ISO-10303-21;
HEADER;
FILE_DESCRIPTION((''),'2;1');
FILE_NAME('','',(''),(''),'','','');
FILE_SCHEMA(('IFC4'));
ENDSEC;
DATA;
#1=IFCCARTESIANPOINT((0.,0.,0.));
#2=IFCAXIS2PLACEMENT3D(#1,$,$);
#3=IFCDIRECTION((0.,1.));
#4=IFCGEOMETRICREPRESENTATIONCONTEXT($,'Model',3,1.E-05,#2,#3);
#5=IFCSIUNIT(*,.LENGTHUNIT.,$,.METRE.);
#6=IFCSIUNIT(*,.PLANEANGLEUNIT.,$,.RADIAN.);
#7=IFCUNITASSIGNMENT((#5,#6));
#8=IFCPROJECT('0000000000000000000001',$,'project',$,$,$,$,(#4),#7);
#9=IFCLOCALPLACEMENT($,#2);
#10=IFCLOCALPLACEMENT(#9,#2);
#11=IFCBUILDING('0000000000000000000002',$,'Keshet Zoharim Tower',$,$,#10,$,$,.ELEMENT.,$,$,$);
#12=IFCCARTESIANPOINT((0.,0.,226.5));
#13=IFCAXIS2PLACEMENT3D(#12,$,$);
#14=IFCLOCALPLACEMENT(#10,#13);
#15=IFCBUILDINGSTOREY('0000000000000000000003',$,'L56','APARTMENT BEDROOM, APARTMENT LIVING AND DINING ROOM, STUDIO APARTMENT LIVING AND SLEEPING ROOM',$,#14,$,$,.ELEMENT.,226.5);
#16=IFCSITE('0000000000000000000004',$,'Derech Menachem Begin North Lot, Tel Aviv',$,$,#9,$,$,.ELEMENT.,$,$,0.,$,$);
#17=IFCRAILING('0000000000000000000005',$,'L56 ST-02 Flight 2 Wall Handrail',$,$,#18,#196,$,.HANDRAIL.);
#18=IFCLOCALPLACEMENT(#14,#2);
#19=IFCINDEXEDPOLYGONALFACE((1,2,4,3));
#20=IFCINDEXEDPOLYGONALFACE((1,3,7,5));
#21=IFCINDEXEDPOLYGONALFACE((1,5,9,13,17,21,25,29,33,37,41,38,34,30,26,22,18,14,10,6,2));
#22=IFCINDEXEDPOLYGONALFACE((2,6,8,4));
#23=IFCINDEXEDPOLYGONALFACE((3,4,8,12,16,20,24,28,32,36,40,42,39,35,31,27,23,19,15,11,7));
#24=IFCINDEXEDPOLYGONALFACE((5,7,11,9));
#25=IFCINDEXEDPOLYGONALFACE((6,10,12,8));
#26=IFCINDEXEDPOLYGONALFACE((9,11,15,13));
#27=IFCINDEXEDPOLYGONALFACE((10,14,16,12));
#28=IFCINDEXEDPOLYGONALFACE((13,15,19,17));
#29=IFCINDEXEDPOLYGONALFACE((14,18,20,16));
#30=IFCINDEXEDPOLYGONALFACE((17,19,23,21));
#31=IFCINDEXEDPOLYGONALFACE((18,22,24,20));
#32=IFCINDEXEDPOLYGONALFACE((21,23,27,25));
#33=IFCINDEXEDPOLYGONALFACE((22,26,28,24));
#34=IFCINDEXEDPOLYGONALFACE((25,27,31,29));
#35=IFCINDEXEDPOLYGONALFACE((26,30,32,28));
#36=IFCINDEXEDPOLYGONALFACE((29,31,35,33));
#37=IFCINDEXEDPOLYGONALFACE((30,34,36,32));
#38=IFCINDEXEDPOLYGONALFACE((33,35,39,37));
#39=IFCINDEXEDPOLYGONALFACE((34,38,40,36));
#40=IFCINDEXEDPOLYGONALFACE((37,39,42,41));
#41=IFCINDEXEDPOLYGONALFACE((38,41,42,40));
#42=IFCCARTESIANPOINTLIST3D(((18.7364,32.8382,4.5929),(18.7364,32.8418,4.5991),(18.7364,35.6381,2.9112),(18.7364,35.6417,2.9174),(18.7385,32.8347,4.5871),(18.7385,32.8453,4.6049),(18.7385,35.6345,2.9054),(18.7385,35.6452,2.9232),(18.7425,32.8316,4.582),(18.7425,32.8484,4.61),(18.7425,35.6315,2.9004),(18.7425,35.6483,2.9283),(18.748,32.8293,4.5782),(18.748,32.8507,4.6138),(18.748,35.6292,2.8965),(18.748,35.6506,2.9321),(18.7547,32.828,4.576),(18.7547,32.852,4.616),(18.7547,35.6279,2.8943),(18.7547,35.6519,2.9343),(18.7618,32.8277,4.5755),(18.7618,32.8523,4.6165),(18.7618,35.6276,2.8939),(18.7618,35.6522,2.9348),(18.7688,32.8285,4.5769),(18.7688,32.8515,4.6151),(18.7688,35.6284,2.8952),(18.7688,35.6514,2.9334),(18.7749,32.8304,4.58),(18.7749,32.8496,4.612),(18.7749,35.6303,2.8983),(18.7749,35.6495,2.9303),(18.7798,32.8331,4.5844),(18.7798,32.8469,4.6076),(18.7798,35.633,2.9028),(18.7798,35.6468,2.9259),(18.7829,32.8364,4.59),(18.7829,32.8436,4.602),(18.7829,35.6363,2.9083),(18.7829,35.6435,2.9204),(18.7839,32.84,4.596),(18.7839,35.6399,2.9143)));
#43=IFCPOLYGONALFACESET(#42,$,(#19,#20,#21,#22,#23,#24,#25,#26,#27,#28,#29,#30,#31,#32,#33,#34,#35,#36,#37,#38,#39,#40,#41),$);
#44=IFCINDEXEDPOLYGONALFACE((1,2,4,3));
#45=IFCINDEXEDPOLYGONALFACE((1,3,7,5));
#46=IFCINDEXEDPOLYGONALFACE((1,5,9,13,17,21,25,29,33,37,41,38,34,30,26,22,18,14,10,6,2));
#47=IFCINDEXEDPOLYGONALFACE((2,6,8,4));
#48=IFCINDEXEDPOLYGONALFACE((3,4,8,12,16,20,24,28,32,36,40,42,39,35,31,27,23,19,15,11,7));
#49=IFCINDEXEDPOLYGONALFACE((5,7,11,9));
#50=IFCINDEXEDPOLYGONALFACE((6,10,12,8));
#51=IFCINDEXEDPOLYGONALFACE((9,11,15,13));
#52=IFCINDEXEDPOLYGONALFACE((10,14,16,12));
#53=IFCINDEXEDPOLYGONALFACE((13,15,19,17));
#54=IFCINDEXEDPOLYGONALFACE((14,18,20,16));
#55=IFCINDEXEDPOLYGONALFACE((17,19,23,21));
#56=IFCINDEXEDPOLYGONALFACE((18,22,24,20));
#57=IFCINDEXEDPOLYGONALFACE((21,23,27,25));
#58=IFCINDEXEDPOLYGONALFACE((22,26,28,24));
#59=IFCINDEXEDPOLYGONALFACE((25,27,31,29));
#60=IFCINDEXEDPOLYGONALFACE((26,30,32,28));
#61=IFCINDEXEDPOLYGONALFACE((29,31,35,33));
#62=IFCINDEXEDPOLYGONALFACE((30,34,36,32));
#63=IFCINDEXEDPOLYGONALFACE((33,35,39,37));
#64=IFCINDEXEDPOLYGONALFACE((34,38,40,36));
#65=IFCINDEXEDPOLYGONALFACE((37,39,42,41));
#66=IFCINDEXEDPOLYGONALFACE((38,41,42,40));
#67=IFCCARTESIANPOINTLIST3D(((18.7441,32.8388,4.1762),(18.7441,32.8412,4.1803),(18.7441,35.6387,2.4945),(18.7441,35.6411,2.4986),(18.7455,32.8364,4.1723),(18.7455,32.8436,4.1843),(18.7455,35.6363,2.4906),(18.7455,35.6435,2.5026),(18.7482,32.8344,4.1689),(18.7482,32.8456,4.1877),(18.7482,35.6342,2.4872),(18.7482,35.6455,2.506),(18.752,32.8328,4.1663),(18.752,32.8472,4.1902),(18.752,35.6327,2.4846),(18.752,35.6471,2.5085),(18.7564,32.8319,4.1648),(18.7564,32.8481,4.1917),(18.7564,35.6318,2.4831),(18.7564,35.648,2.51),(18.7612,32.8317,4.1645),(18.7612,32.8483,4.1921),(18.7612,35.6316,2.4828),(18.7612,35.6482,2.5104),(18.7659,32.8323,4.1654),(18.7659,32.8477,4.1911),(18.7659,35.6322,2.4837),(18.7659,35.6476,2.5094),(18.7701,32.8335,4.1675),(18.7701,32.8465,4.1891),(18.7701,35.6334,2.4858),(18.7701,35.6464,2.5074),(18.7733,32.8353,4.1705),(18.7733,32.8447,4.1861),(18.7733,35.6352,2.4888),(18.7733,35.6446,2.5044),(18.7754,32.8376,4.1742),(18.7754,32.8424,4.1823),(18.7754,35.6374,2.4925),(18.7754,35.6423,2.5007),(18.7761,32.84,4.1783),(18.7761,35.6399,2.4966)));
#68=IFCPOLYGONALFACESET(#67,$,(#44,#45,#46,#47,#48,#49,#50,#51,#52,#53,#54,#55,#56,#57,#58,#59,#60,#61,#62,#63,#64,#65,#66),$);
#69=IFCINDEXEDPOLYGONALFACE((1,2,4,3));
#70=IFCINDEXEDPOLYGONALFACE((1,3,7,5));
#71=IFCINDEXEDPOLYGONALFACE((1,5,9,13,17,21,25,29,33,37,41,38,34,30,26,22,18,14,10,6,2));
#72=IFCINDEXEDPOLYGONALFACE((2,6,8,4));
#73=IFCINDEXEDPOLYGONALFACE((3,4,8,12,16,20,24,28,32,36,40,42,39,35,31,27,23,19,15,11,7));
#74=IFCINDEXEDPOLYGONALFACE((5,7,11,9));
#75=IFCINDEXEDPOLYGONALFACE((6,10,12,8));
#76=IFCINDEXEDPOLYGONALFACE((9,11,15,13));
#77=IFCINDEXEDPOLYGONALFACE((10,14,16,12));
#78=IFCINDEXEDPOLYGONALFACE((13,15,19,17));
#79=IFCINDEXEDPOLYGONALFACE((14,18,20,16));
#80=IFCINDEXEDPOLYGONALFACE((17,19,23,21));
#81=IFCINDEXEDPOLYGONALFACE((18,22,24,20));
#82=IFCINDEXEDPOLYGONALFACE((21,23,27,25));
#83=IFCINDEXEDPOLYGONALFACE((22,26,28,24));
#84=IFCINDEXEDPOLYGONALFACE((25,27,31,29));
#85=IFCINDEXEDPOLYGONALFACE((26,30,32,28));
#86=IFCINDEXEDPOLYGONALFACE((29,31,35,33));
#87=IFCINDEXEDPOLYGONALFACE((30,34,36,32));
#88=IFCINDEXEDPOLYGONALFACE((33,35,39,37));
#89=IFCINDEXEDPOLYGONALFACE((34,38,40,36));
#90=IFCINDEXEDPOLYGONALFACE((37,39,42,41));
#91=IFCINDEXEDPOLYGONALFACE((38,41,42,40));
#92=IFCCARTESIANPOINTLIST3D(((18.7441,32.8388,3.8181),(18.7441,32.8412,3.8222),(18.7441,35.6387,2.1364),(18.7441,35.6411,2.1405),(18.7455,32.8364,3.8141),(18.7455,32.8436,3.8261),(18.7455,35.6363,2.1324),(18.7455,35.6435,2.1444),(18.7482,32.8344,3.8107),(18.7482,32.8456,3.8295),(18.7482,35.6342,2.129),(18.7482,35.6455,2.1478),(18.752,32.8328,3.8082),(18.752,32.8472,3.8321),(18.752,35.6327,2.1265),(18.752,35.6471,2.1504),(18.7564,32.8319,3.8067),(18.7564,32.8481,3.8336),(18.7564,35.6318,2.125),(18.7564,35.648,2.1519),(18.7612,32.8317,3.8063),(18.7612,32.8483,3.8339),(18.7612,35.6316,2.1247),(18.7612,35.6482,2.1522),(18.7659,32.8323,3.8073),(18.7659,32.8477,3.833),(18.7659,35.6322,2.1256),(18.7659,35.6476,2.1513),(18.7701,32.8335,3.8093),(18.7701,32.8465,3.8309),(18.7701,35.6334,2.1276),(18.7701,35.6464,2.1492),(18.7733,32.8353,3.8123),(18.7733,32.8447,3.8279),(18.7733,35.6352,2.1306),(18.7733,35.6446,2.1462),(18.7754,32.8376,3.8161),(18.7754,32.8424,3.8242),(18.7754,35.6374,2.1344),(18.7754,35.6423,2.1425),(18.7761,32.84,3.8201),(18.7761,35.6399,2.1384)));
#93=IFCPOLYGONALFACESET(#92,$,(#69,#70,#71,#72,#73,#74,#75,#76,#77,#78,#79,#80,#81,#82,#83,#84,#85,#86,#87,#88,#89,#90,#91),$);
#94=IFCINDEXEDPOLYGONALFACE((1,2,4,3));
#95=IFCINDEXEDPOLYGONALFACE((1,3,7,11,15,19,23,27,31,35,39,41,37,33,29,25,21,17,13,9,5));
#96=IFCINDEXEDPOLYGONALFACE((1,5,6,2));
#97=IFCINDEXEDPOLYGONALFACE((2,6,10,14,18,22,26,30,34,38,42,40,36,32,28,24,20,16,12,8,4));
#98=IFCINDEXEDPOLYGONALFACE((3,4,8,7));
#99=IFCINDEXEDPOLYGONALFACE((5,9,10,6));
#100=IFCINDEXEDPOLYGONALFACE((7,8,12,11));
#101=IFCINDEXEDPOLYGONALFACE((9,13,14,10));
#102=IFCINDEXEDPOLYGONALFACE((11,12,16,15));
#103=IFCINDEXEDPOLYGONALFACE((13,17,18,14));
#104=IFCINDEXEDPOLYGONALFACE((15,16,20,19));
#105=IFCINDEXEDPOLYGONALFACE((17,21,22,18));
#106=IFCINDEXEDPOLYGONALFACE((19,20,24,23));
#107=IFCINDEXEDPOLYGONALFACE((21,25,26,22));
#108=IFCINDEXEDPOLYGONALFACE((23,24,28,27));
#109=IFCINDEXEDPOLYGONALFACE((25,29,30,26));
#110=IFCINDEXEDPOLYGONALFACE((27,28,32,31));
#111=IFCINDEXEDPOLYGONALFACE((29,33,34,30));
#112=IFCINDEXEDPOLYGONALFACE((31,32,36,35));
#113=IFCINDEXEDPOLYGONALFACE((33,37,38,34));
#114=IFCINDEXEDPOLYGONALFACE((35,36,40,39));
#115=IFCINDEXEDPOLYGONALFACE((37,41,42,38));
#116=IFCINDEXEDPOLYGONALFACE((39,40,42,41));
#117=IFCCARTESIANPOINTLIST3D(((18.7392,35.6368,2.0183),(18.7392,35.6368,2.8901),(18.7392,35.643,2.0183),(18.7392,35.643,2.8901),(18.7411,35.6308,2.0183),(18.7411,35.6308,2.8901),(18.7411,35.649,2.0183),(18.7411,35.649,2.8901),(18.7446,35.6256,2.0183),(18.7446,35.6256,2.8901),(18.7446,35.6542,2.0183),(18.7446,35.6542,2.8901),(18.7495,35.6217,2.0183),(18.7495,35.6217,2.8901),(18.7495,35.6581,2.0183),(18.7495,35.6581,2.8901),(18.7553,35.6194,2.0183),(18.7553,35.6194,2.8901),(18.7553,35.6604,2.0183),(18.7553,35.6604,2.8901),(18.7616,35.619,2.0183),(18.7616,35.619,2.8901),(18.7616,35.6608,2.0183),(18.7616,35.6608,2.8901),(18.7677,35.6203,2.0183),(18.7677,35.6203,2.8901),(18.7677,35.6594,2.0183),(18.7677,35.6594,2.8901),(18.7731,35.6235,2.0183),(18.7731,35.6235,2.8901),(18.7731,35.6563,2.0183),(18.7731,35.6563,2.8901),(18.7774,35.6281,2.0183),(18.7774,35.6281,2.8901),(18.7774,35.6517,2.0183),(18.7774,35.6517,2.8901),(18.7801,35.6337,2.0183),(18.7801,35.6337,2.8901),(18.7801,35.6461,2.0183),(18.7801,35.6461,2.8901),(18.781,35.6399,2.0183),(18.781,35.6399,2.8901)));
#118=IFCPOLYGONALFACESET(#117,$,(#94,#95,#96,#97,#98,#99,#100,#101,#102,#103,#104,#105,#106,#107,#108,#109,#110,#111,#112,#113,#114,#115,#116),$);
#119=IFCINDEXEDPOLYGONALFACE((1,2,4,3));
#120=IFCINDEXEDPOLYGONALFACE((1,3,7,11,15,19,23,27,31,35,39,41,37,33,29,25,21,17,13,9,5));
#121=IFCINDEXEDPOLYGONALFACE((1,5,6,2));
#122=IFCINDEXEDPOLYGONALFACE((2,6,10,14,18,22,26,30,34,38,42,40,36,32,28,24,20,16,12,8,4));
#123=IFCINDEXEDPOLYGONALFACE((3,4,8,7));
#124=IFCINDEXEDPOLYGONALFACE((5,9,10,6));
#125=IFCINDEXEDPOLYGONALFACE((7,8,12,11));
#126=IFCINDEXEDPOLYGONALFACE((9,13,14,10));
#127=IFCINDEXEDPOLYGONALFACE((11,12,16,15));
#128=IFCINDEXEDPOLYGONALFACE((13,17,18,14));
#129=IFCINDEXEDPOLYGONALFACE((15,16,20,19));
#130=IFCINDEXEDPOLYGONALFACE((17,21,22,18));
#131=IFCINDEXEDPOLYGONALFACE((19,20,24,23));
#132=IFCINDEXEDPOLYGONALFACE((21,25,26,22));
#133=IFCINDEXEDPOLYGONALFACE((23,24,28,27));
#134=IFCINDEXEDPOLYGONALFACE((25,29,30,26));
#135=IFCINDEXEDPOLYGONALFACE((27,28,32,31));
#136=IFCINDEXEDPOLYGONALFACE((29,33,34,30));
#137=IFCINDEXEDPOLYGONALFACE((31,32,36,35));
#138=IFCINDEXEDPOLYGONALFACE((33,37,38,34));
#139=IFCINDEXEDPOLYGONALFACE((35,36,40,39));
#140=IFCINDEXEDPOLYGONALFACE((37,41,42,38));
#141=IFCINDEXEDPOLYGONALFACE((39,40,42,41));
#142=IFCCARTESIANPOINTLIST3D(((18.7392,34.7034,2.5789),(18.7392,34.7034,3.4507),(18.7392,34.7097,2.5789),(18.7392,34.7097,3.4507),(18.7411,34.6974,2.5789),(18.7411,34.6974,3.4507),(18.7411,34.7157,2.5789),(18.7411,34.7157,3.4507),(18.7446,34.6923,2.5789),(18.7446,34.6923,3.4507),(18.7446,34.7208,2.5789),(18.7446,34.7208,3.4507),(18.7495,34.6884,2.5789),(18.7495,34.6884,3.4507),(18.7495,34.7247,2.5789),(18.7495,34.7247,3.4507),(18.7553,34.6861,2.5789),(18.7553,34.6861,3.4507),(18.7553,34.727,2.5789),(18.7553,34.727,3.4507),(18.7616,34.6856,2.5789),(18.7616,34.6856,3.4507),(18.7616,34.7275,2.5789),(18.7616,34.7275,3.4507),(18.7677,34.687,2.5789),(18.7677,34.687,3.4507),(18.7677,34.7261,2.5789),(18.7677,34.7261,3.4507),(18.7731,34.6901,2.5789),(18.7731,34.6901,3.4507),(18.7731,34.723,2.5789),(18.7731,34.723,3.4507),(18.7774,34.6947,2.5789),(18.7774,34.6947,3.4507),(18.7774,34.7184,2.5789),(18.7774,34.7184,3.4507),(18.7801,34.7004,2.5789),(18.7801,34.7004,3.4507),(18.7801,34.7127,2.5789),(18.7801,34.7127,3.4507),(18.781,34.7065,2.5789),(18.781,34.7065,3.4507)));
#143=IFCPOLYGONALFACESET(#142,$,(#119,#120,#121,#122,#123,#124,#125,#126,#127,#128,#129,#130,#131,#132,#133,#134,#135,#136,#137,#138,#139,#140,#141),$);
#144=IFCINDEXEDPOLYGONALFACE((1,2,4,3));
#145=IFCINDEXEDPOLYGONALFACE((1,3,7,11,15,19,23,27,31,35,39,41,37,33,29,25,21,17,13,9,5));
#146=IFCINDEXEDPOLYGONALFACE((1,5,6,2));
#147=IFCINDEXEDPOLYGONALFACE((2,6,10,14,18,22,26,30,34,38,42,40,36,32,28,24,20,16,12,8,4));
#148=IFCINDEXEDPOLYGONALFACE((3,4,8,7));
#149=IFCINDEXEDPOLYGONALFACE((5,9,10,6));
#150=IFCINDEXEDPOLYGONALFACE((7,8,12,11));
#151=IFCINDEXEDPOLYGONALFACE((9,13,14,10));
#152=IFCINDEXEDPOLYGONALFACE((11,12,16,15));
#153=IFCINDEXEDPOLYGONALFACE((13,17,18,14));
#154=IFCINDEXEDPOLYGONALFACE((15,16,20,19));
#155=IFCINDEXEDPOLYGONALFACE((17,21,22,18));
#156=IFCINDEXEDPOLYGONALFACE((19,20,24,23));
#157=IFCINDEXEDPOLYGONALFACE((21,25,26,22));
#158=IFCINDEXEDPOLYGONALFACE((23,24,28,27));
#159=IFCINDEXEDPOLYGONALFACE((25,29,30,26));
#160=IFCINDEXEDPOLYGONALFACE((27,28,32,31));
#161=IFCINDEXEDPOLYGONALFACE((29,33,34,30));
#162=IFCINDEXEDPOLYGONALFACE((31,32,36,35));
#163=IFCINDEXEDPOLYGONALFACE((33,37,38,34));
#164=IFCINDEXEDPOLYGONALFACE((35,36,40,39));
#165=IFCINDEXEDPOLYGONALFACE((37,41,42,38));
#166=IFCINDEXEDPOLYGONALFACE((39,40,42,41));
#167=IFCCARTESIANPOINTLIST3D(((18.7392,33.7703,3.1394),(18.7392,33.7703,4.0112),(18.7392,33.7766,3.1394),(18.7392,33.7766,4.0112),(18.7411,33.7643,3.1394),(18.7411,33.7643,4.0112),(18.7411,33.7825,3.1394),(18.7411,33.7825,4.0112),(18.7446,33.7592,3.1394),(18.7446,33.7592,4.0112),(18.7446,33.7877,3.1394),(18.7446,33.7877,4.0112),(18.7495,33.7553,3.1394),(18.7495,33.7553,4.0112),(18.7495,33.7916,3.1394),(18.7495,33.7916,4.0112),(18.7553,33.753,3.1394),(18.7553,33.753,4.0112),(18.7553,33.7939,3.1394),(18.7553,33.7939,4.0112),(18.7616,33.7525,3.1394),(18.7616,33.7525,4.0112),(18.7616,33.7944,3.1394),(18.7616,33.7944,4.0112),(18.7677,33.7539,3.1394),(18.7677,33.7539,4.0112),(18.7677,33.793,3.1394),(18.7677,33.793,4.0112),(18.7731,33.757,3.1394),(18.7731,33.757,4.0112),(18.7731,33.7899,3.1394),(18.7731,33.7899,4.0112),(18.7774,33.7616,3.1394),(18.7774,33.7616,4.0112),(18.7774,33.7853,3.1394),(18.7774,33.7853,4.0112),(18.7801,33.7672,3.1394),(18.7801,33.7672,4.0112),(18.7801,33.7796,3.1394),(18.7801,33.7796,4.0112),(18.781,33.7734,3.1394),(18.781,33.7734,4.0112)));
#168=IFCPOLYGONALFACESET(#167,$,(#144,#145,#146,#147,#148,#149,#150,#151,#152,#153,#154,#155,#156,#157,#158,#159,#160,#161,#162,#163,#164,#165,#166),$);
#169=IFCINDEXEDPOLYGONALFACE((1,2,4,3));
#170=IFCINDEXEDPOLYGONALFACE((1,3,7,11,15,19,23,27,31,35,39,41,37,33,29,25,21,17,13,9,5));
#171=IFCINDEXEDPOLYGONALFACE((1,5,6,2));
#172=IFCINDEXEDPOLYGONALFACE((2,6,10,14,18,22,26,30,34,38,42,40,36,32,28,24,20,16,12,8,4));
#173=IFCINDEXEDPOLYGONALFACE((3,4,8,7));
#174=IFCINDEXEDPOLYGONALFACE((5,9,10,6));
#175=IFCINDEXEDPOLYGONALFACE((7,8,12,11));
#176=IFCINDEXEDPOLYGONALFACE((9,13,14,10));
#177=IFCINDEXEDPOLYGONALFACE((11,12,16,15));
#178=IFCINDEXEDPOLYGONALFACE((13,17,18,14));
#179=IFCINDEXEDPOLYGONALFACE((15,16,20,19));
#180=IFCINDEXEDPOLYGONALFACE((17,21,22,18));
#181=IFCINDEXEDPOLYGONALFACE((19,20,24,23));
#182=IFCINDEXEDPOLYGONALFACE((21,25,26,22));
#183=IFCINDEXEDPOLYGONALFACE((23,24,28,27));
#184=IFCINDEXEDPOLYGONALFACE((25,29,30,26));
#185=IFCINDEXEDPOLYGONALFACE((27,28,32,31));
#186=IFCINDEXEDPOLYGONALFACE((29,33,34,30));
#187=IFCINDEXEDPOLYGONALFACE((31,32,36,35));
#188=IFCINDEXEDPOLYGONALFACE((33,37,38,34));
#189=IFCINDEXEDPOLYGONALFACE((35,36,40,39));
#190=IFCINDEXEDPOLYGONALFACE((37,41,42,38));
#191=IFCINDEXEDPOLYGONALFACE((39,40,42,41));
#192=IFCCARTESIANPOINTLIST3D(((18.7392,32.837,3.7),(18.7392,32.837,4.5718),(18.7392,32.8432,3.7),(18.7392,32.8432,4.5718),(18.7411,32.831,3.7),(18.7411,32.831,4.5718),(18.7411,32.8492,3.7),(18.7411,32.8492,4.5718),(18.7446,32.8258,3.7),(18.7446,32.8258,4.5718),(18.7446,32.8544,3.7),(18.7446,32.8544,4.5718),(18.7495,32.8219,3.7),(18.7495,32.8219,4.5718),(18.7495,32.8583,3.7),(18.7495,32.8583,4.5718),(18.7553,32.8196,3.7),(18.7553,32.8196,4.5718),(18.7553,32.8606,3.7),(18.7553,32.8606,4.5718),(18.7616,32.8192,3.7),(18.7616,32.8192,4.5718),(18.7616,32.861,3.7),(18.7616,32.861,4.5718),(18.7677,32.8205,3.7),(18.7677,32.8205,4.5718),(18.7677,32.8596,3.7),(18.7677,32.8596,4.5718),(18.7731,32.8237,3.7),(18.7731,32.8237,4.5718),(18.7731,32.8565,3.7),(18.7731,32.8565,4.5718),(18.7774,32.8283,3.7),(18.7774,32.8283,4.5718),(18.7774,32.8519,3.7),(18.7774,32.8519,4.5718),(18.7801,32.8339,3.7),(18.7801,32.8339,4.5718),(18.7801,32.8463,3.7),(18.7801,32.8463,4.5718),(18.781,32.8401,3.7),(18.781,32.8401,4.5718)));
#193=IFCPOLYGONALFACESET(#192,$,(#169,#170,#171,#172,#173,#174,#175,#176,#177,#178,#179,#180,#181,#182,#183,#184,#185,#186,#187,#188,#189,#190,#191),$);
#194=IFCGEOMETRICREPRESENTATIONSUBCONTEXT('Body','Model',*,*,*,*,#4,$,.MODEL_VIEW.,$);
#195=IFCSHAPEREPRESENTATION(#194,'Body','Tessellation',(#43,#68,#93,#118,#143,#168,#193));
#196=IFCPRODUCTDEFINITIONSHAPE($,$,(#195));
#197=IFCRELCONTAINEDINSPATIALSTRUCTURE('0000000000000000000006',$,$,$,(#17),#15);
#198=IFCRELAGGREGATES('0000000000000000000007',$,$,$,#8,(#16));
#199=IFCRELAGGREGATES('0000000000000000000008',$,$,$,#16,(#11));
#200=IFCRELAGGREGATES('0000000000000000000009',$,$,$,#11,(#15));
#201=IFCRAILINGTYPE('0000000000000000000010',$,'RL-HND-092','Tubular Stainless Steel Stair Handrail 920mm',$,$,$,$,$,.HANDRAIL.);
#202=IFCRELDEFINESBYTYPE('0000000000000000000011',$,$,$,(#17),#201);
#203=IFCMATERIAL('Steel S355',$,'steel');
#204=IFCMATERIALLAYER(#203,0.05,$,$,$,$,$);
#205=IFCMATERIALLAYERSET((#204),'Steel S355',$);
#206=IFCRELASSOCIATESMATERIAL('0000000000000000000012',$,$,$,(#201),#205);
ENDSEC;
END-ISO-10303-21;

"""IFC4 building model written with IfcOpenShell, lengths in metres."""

from ifc_helpers import new_model, si_unit, direction, frame, origin, origin_2d, place, context, subcontext, project, spatial, circle, extrude, material, layer, layer_set, type_object, element, save


model = new_model("IFC4")

# Units and contexts
model_context = context("Model", 3, precision=1e-05, world=origin(), true_north=direction((0.0, 1.0)))
body_context = subcontext(model_context, "Body", "Model", "MODEL_VIEW")
ifc_project = project(units=[si_unit("LENGTHUNIT", "METRE"), si_unit("PLANEANGLEUNIT", "RADIAN")], contexts=[model_context])

# Site, building, storey
site_placement = place(None, origin())
site = spatial("IfcSite", under=ifc_project, at=site_placement, Name="Derech Menachem Begin North Lot, Tel Aviv", CompositionType="ELEMENT", RefElevation=0.0)
building_placement = place(site_placement, origin())
building = spatial("IfcBuilding", under=site, at=building_placement, Name="Keshet Zoharim Tower", CompositionType="ELEMENT")
storey_placement = place(building_placement, frame((0.0, 0.0, 226.5)))
storey = spatial("IfcBuildingStorey", under=building, at=storey_placement, Name="L56", Description="APARTMENT BEDROOM, APARTMENT LIVING AND DINING ROOM, STUDIO APARTMENT LIVING AND SLEEPING ROOM", CompositionType="ELEMENT", Elevation=226.5)

# Shared definitions
ifc_material_1 = material(Name="Steel S355", Category="steel")

# Railing
ifc_layer_1 = layer(ifc_material_1, 0.05)
ifc_layer_set_1 = layer_set([ifc_layer_1], Name="Steel S355")
railing_type_1 = type_object("IfcRailingType", Name="RL-HND-092", Description="Tubular Stainless Steel Stair Handrail 920mm", PredefinedType="HANDRAIL", material=ifc_layer_set_1)
railing_1_placement = place(storey_placement, frame((18.76, 35.6399, 2.0183)))
element("IfcRailing", 1, at=railing_1_placement, inside=storey, type_object=railing_type_1, Name="L56 ST-02 Flight 2 Wall Handrail", PredefinedType="HANDRAIL", context=body_context, shape_type="SweptSolid", body=[
    extrude(circle(Radius=0.0239, at=origin_2d()), frame((0.0, 0.0, 0.896), z_axis=(0.0, -0.857255, 0.514891), x_axis=(1.0, 0.0, 0.0)), (0.0, 0.0, 1.0), 3.2661),
    extrude(circle(Radius=0.0161, at=origin_2d()), frame((0.0, 0.0, 0.4783), z_axis=(0.0, -0.857255, 0.514891), x_axis=(1.0, 0.0, 0.0)), (0.0, 0.0, 1.0), 3.2661),
    extrude(circle(Radius=0.0161, at=origin_2d()), frame((0.0, 0.0, 0.1201), z_axis=(0.0, -0.857255, 0.514891), x_axis=(1.0, 0.0, 0.0)), (0.0, 0.0, 1.0), 3.2661),
    extrude(circle(Radius=0.021, at=origin_2d()), origin(), (0.0, 0.0, 1.0), 0.8718),
    extrude(circle(Radius=0.021, at=origin_2d()), frame((0.0, -0.9333, 0.5605)), (0.0, 0.0, 1.0), 0.8718),
    extrude(circle(Radius=0.021, at=origin_2d()), frame((0.0, -1.8665, 1.1211)), (0.0, 0.0, 1.0), 0.8718),
    extrude(circle(Radius=0.021, at=origin_2d()), frame((0.0, -2.7998, 1.6816)), (0.0, 0.0, 1.0), 0.8718),
])

save(model, "model.ifc")
